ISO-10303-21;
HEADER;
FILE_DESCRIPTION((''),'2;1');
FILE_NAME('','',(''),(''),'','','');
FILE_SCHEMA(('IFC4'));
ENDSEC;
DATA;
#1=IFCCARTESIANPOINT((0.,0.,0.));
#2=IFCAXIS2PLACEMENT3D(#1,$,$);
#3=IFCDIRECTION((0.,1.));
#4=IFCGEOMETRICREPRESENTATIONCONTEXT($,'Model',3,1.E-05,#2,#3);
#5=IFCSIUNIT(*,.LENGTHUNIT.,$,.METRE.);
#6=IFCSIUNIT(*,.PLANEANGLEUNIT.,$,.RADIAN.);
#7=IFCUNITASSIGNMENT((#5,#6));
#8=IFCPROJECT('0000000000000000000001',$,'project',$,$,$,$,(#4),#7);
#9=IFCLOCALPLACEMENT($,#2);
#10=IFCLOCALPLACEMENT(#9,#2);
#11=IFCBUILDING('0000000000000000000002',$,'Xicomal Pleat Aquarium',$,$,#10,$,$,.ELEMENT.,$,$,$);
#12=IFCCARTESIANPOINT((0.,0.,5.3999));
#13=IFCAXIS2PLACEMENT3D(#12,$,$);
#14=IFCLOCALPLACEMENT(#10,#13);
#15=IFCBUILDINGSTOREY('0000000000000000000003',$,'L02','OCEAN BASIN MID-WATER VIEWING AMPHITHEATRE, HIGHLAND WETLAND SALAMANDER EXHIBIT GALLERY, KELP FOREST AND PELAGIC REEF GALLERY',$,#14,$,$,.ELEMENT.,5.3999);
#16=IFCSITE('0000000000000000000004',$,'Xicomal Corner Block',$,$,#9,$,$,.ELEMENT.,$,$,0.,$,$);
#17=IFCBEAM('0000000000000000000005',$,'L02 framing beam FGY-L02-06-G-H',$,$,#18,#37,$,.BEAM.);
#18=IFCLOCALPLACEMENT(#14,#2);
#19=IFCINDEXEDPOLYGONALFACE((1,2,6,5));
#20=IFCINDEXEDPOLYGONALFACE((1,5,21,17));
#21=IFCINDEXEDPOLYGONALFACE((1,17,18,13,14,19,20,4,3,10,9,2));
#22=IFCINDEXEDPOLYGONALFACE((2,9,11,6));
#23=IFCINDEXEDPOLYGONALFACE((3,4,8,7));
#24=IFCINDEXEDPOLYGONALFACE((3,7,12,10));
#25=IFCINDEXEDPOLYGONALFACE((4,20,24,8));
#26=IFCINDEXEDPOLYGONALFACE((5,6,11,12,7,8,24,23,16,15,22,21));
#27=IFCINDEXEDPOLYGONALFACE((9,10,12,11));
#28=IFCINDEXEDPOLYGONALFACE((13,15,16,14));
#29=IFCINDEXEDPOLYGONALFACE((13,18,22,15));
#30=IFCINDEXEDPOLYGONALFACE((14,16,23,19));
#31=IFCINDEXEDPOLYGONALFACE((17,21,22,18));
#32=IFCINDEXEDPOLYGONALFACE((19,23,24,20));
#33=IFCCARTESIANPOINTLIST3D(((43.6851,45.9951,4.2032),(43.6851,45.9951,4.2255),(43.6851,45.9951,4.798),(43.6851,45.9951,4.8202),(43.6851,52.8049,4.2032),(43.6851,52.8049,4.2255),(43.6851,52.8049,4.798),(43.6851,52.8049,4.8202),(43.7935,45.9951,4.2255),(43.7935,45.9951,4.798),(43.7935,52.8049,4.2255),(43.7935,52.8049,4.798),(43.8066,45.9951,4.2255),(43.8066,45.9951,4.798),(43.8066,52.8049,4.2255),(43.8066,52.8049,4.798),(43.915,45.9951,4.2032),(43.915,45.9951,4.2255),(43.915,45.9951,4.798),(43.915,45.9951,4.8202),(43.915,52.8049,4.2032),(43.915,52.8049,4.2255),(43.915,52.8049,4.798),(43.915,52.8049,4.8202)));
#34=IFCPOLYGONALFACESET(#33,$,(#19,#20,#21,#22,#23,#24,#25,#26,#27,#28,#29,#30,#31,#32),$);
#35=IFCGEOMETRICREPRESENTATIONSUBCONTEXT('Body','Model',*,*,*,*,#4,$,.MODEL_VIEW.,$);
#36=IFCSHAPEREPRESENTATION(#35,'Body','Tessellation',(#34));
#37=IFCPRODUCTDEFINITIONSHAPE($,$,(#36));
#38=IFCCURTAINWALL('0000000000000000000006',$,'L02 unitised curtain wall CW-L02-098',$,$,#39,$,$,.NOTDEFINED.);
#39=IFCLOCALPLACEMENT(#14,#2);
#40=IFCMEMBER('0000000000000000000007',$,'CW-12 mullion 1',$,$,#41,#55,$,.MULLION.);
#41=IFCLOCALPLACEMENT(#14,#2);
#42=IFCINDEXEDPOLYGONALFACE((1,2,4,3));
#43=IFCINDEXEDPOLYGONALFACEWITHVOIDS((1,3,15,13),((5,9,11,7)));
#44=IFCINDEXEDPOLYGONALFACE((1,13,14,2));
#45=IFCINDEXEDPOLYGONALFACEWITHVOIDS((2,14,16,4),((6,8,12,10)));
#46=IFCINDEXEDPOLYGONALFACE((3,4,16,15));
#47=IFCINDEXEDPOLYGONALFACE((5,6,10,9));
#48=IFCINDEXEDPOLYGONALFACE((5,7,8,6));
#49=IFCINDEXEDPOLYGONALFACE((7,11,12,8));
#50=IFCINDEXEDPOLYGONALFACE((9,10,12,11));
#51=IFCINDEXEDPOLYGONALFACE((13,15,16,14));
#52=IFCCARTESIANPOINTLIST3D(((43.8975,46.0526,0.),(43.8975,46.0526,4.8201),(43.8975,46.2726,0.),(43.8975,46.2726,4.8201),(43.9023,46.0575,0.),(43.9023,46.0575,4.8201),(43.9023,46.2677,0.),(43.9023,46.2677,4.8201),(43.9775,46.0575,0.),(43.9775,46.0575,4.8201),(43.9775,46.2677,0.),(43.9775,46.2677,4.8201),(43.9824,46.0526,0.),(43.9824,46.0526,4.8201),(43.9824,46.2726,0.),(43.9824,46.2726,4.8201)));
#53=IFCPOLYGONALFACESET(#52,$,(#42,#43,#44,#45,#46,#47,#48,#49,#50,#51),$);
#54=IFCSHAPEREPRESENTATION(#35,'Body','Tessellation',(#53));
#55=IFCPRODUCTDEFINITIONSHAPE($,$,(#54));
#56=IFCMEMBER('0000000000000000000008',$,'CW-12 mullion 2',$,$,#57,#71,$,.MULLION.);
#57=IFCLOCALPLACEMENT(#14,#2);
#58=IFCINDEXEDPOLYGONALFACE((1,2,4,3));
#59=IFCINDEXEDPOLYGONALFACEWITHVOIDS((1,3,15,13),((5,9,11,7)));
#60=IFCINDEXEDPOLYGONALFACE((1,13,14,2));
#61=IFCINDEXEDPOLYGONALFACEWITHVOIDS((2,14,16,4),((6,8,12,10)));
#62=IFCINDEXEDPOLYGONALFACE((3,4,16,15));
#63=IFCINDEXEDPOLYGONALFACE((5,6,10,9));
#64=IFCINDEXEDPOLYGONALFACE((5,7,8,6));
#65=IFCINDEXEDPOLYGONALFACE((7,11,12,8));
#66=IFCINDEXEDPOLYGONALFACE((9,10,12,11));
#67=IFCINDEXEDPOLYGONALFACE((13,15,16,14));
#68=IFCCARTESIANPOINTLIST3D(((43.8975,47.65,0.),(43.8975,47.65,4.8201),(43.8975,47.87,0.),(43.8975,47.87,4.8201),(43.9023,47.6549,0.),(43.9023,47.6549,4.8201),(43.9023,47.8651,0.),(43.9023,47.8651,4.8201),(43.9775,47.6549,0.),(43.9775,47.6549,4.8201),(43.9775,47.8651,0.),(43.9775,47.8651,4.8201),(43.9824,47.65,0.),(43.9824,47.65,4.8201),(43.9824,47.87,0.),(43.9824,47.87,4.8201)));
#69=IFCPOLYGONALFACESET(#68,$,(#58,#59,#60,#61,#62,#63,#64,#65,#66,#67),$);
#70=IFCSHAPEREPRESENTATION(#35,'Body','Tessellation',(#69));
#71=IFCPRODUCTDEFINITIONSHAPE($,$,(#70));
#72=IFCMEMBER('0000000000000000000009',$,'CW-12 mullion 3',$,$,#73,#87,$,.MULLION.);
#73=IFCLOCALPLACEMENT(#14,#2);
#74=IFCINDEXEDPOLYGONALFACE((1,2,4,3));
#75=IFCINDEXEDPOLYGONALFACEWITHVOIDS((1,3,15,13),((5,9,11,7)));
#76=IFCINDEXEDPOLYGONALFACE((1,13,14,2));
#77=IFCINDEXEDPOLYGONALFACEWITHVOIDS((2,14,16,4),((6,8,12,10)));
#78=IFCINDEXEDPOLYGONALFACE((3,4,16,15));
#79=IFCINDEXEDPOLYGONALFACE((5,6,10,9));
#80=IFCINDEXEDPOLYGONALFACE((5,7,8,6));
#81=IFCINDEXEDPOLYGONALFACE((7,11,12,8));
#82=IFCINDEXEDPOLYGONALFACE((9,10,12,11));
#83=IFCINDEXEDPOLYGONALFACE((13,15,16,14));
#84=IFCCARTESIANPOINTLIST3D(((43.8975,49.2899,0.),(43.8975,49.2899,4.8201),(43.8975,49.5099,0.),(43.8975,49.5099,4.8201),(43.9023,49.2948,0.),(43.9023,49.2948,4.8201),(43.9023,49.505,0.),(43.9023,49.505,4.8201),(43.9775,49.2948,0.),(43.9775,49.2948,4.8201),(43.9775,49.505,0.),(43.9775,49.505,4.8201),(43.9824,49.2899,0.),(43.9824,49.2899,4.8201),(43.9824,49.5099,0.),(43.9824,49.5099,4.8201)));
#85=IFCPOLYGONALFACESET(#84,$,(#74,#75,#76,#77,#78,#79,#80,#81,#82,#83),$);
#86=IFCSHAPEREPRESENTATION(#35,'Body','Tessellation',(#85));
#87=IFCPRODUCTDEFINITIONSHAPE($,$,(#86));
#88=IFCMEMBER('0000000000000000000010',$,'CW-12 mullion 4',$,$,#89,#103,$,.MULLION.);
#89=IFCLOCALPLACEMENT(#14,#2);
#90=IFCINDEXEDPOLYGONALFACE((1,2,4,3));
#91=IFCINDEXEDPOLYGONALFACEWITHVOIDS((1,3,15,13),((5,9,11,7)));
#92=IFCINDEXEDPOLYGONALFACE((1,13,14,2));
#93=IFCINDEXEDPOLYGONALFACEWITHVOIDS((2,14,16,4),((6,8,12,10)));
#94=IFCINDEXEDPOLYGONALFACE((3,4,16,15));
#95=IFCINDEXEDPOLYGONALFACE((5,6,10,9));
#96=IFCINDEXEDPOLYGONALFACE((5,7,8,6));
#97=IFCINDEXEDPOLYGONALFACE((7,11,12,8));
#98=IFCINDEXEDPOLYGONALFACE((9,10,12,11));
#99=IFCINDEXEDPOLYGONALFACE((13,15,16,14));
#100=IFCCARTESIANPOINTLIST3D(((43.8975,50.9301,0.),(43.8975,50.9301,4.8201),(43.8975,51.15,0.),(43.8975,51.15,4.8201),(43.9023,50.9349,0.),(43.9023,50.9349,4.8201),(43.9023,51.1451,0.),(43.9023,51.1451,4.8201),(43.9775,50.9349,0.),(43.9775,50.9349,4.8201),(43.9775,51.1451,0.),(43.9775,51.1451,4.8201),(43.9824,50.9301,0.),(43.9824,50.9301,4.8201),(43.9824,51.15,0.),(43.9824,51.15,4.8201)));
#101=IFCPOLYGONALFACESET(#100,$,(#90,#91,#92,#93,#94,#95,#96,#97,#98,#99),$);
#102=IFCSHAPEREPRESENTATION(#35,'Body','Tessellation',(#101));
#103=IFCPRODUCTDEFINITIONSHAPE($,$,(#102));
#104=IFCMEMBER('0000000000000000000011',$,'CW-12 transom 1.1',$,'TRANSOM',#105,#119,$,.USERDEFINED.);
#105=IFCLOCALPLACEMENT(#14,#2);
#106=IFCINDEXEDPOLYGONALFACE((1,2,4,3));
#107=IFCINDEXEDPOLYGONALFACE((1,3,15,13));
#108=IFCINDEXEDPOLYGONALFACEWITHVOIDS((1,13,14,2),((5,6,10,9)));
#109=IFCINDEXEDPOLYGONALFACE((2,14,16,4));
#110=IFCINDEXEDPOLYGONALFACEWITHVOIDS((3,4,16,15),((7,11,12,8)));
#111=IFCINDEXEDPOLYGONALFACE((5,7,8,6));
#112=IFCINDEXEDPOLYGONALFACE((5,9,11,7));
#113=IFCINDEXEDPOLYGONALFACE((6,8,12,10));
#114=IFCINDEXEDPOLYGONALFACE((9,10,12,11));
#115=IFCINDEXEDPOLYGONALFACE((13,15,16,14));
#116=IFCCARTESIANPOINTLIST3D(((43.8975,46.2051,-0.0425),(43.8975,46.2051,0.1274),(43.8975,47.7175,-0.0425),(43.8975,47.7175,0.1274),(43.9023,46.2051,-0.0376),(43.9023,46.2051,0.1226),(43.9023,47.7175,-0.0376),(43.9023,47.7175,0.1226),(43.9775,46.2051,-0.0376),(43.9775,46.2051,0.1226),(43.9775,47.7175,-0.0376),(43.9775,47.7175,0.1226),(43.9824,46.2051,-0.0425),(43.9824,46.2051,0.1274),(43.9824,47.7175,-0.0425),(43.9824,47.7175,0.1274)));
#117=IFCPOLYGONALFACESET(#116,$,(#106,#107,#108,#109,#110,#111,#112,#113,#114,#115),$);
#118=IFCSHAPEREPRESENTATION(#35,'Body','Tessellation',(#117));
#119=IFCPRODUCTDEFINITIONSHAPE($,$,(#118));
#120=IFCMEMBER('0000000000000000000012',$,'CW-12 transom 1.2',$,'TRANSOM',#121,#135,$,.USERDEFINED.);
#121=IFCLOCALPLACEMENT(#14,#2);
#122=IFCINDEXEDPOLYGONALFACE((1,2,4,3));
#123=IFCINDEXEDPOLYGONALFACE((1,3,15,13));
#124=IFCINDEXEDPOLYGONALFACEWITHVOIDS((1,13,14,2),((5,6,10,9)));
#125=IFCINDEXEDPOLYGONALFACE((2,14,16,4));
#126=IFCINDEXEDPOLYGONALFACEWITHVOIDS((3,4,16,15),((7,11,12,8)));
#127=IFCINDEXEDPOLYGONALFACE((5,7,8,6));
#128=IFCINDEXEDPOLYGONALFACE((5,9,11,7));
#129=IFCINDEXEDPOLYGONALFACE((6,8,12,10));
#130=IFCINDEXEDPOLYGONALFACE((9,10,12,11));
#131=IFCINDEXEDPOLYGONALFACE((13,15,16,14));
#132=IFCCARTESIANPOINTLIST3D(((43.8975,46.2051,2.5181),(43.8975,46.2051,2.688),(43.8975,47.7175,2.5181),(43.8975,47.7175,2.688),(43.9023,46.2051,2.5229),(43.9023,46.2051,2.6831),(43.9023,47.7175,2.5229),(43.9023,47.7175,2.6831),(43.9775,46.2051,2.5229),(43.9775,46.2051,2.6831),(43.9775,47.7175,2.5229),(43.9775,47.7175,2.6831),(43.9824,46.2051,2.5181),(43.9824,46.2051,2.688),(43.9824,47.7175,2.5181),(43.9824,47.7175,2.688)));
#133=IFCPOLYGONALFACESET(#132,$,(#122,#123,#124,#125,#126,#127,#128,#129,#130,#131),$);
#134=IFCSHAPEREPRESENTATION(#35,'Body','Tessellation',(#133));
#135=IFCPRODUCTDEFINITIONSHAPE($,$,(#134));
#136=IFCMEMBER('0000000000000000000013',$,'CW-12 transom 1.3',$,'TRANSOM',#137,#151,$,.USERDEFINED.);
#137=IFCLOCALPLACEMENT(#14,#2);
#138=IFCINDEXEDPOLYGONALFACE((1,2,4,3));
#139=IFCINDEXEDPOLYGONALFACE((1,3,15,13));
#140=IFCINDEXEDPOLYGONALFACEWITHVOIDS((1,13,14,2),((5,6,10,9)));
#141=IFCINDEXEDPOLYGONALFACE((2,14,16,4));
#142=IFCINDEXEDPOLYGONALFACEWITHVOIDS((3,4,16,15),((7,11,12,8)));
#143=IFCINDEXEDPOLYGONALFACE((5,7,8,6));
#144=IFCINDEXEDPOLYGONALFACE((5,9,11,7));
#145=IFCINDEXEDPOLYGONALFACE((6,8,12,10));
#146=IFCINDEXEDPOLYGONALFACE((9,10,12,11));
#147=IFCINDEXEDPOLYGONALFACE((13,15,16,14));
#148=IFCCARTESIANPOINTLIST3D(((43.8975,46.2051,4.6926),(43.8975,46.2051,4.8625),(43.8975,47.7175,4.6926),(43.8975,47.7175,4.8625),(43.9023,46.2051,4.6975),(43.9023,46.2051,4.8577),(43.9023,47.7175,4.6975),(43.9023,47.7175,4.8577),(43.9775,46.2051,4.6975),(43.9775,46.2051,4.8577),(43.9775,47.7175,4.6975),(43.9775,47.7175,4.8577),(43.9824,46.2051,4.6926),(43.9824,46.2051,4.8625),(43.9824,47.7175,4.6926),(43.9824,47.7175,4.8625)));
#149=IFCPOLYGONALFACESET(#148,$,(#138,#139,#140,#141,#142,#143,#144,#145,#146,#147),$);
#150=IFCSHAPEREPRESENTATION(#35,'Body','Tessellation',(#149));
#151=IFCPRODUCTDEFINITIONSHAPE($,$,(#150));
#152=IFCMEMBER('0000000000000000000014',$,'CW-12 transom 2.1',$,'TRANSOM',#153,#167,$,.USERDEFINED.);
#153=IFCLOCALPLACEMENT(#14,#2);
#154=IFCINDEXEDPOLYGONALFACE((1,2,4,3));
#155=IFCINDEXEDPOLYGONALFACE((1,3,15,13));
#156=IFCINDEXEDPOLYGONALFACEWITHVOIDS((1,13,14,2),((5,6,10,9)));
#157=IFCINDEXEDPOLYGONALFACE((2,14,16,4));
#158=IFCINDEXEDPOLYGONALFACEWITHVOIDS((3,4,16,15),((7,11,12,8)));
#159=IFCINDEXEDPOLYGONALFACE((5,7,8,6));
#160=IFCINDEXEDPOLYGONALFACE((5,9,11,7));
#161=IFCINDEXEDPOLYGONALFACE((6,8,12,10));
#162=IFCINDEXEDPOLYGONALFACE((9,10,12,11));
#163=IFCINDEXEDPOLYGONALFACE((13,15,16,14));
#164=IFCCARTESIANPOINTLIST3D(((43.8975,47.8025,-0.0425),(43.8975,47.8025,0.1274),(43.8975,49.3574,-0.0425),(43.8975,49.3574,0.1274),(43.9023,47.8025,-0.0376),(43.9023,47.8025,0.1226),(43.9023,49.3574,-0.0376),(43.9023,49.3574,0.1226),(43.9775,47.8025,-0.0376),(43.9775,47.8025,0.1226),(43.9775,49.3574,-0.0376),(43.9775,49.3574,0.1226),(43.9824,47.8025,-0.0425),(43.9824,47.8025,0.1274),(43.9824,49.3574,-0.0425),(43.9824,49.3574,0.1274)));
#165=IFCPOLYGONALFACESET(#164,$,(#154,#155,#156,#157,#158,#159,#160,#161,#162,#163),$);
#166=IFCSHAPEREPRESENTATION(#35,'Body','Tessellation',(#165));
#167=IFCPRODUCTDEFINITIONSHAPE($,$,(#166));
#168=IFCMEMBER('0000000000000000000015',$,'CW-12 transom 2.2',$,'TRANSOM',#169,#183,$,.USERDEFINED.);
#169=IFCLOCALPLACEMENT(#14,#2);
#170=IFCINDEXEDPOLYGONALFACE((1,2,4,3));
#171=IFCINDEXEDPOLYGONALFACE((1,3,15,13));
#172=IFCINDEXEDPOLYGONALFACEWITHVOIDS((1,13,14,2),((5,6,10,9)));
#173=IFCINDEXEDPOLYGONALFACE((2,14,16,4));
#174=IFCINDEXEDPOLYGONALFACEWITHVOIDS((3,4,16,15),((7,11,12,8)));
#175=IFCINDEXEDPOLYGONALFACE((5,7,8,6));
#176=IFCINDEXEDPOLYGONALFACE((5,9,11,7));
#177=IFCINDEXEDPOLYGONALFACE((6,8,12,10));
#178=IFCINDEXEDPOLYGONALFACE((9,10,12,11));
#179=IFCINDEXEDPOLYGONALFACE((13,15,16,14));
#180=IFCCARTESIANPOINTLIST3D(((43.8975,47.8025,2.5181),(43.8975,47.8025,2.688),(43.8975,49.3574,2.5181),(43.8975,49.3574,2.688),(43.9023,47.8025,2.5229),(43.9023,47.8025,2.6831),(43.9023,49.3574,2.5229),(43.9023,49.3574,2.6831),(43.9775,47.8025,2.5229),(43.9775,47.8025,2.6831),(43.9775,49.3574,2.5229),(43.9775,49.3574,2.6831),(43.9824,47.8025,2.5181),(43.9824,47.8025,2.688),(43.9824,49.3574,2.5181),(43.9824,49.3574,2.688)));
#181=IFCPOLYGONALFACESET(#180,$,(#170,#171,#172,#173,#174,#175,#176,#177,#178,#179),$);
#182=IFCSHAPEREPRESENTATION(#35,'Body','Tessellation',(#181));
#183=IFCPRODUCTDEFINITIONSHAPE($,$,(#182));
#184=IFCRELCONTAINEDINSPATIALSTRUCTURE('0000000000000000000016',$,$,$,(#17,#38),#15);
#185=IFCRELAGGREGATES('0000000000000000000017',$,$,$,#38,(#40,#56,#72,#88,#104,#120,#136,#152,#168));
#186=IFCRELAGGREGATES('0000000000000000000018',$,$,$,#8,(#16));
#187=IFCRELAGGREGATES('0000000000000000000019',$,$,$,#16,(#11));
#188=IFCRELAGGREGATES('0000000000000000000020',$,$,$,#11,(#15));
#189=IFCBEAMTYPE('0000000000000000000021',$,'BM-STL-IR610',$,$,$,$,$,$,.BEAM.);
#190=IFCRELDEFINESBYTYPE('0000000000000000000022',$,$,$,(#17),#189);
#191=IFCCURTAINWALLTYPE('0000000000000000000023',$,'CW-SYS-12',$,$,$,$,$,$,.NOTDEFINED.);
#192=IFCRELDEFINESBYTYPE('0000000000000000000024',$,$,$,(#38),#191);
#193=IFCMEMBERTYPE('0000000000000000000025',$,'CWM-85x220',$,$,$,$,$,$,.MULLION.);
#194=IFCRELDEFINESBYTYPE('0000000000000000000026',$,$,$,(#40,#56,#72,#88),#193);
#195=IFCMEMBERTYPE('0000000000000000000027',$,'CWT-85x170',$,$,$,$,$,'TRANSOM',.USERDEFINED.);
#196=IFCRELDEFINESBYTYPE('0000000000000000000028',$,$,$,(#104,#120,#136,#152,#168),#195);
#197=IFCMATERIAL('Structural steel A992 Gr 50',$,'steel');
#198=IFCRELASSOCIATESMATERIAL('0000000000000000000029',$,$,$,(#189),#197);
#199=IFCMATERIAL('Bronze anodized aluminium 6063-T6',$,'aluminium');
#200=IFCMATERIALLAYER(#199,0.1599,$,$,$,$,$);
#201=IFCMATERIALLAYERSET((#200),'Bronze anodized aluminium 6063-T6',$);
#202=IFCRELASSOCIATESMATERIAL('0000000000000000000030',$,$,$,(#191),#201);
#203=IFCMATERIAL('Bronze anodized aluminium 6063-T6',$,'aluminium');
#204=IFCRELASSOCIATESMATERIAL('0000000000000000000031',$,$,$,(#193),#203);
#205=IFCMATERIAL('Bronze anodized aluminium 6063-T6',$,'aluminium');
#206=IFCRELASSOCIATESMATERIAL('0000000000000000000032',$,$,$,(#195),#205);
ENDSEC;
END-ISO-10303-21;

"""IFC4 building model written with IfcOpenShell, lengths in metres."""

from ifc_helpers import new_model, si_unit, direction, frame, origin, origin_2d, place, context, subcontext, project, spatial, hollow_rectangle, i_section, extrude, material, layer, layer_set, material_profile, profile_set, type_object, element, aggregate, save


model = new_model("IFC4")

# Units and contexts
model_context = context("Model", 3, precision=1e-05, world=origin(), true_north=direction((0.0, 1.0)))
body_context = subcontext(model_context, "Body", "Model", "MODEL_VIEW")
ifc_project = project(units=[si_unit("LENGTHUNIT", "METRE"), si_unit("PLANEANGLEUNIT", "RADIAN")], contexts=[model_context])

# Site, building, storey
site_placement = place(None, origin())
site = spatial("IfcSite", under=ifc_project, at=site_placement, Name="Xicomal Corner Block", CompositionType="ELEMENT", RefElevation=0.0)
building_placement = place(site_placement, origin())
building = spatial("IfcBuilding", under=site, at=building_placement, Name="Xicomal Pleat Aquarium", CompositionType="ELEMENT")
storey_placement = place(building_placement, frame((0.0, 0.0, 5.3999)))
storey = spatial("IfcBuildingStorey", under=building, at=storey_placement, Name="L02", Description="OCEAN BASIN MID-WATER VIEWING AMPHITHEATRE, HIGHLAND WETLAND SALAMANDER EXHIBIT GALLERY, KELP FOREST AND PELAGIC REEF GALLERY", CompositionType="ELEMENT", Elevation=5.3999)

# Beam
ifc_material_1 = material(Name="Structural steel A992 Gr 50", Category="steel")
ifc_material_profile_1 = material_profile(ifc_material_1, i_section(OverallWidth=0.23, OverallDepth=0.6169, WebThickness=0.0132, FlangeThickness=0.0222, at=origin_2d()), Name="IR 610x140")
ifc_profile_set_1 = profile_set([ifc_material_profile_1], Name="Structural steel A992 Gr 50")
beam_type = type_object("IfcBeamType", Name="BM-STL-IR610", PredefinedType="BEAM", material=ifc_profile_set_1)
beam_placement = place(storey_placement, frame((43.8, 45.9951, 4.5117), z_axis=(0.0, 1.0, 0.0), x_axis=(-1.0, 0.0, 0.0)))
element("IfcBeam", 1, at=beam_placement, inside=storey, type_object=beam_type, Name="L02 framing beam FGY-L02-06-G-H", PredefinedType="BEAM", context=body_context, shape_type="SweptSolid", body=[
    extrude(i_section(OverallWidth=0.23, OverallDepth=0.6169, WebThickness=0.0132, FlangeThickness=0.0222, at=origin_2d()), origin(), (0.0, 0.0, 1.0), 6.8098),
])

# Curtain wall, members
ifc_material_2 = material(Name="Bronze anodized aluminium 6063-T6", Category="aluminium")
ifc_layer_1 = layer(ifc_material_2, 0.1599)
ifc_layer_set_1 = layer_set([ifc_layer_1], Name="Bronze anodized aluminium 6063-T6")
curtain_wall_type = type_object("IfcCurtainWallType", Name="CW-SYS-12", PredefinedType="NOTDEFINED", material=ifc_layer_set_1)
curtain_wall_placement = place(storey_placement, origin())
curtain_wall = element("IfcCurtainWall", 2, at=curtain_wall_placement, inside=storey, type_object=curtain_wall_type, Name="L02 unitised curtain wall CW-L02-098", PredefinedType="NOTDEFINED")
ifc_material_3 = material(Name="Bronze anodized aluminium 6063-T6", Category="aluminium")
ifc_material_profile_2 = material_profile(ifc_material_3, hollow_rectangle(XDim=0.085, YDim=0.22, WallThickness=0.0049, at=origin_2d()), Name="ALU MULL 85x220")
ifc_profile_set_2 = profile_set([ifc_material_profile_2], Name="Bronze anodized aluminium 6063-T6")
member_type_1 = type_object("IfcMemberType", Name="CWM-85x220", PredefinedType="MULLION", material=ifc_profile_set_2)
member_1_placement = place(storey_placement, frame((43.9399, 46.1626, 0.0), z_axis=(0.0, 0.0, 1.0), x_axis=(-1.0, 0.0, 0.0)))
member_1 = element("IfcMember", 3, at=member_1_placement, type_object=member_type_1, Name="CW-12 mullion 1", PredefinedType="MULLION", context=body_context, shape_type="SweptSolid", body=[
    extrude(hollow_rectangle(XDim=0.085, YDim=0.22, WallThickness=0.0049, at=origin_2d()), origin(), (0.0, 0.0, 1.0), 4.8201),
])
member_2_placement = place(storey_placement, frame((43.9399, 47.76, 0.0), z_axis=(0.0, 0.0, 1.0), x_axis=(-1.0, 0.0, 0.0)))
member_2 = element("IfcMember", 4, at=member_2_placement, type_object=member_type_1, Name="CW-12 mullion 2", PredefinedType="MULLION", context=body_context, shape_type="SweptSolid", body=[
    extrude(hollow_rectangle(XDim=0.085, YDim=0.22, WallThickness=0.0049, at=origin_2d()), origin(), (0.0, 0.0, 1.0), 4.8201),
])
member_3_placement = place(storey_placement, frame((43.9399, 49.3999, 0.0), z_axis=(0.0, 0.0, 1.0), x_axis=(-1.0, 0.0, 0.0)))
member_3 = element("IfcMember", 5, at=member_3_placement, type_object=member_type_1, Name="CW-12 mullion 3", PredefinedType="MULLION", context=body_context, shape_type="SweptSolid", body=[
    extrude(hollow_rectangle(XDim=0.085, YDim=0.22, WallThickness=0.0049, at=origin_2d()), origin(), (0.0, 0.0, 1.0), 4.8201),
])
member_4_placement = place(storey_placement, frame((43.9399, 51.04, 0.0), z_axis=(0.0, 0.0, 1.0), x_axis=(-1.0, 0.0, 0.0)))
member_4 = element("IfcMember", 6, at=member_4_placement, type_object=member_type_1, Name="CW-12 mullion 4", PredefinedType="MULLION", context=body_context, shape_type="SweptSolid", body=[
    extrude(hollow_rectangle(XDim=0.085, YDim=0.22, WallThickness=0.0049, at=origin_2d()), origin(), (0.0, 0.0, 1.0), 4.8201),
])
ifc_material_4 = material(Name="Bronze anodized aluminium 6063-T6", Category="aluminium")
ifc_material_profile_3 = material_profile(ifc_material_4, hollow_rectangle(XDim=0.085, YDim=0.1699, WallThickness=0.0049, at=origin_2d()), Name="ALU TRAN 85x170")
ifc_profile_set_3 = profile_set([ifc_material_profile_3], Name="Bronze anodized aluminium 6063-T6")
member_type_2 = type_object("IfcMemberType", Name="CWT-85x170", ElementType="TRANSOM", PredefinedType="USERDEFINED", material=ifc_profile_set_3)
member_5_placement = place(storey_placement, frame((43.9399, 46.2051, 0.0425), z_axis=(0.0, 1.0, 0.0), x_axis=(-1.0, 0.0, 0.0)))
member_5 = element("IfcMember", 7, at=member_5_placement, type_object=member_type_2, Name="CW-12 transom 1.1", ObjectType="TRANSOM", PredefinedType="USERDEFINED", context=body_context, shape_type="SweptSolid", body=[
    extrude(hollow_rectangle(XDim=0.085, YDim=0.1699, WallThickness=0.0049, at=origin_2d()), origin(), (0.0, 0.0, 1.0), 1.5125),
])
member_6_placement = place(storey_placement, frame((43.9399, 46.2051, 2.603), z_axis=(0.0, 1.0, 0.0), x_axis=(-1.0, 0.0, 0.0)))
member_6 = element("IfcMember", 8, at=member_6_placement, type_object=member_type_2, Name="CW-12 transom 1.2", ObjectType="TRANSOM", PredefinedType="USERDEFINED", context=body_context, shape_type="SweptSolid", body=[
    extrude(hollow_rectangle(XDim=0.085, YDim=0.1699, WallThickness=0.0049, at=origin_2d()), origin(), (0.0, 0.0, 1.0), 1.5125),
])
member_7_placement = place(storey_placement, frame((43.9399, 46.2051, 4.7776), z_axis=(0.0, 1.0, 0.0), x_axis=(-1.0, 0.0, 0.0)))
member_7 = element("IfcMember", 9, at=member_7_placement, type_object=member_type_2, Name="CW-12 transom 1.3", ObjectType="TRANSOM", PredefinedType="USERDEFINED", context=body_context, shape_type="SweptSolid", body=[
    extrude(hollow_rectangle(XDim=0.085, YDim=0.1699, WallThickness=0.0049, at=origin_2d()), origin(), (0.0, 0.0, 1.0), 1.5125),
])
member_8_placement = place(storey_placement, frame((43.9399, 47.8025, 0.0425), z_axis=(0.0, 1.0, 0.0), x_axis=(-1.0, 0.0, 0.0)))
member_8 = element("IfcMember", 10, at=member_8_placement, type_object=member_type_2, Name="CW-12 transom 2.1", ObjectType="TRANSOM", PredefinedType="USERDEFINED", context=body_context, shape_type="SweptSolid", body=[
    extrude(hollow_rectangle(XDim=0.085, YDim=0.1699, WallThickness=0.0049, at=origin_2d()), origin(), (0.0, 0.0, 1.0), 1.5549),
])
member_9_placement = place(storey_placement, frame((43.9399, 47.8025, 2.603), z_axis=(0.0, 1.0, 0.0), x_axis=(-1.0, 0.0, 0.0)))
member_9 = element("IfcMember", 11, at=member_9_placement, type_object=member_type_2, Name="CW-12 transom 2.2", ObjectType="TRANSOM", PredefinedType="USERDEFINED", context=body_context, shape_type="SweptSolid", body=[
    extrude(hollow_rectangle(XDim=0.085, YDim=0.1699, WallThickness=0.0049, at=origin_2d()), origin(), (0.0, 0.0, 1.0), 1.5549),
])
aggregate(curtain_wall, [member_1, member_2, member_3, member_4, member_5, member_6, member_7, member_8, member_9])

save(model, "model.ifc")
